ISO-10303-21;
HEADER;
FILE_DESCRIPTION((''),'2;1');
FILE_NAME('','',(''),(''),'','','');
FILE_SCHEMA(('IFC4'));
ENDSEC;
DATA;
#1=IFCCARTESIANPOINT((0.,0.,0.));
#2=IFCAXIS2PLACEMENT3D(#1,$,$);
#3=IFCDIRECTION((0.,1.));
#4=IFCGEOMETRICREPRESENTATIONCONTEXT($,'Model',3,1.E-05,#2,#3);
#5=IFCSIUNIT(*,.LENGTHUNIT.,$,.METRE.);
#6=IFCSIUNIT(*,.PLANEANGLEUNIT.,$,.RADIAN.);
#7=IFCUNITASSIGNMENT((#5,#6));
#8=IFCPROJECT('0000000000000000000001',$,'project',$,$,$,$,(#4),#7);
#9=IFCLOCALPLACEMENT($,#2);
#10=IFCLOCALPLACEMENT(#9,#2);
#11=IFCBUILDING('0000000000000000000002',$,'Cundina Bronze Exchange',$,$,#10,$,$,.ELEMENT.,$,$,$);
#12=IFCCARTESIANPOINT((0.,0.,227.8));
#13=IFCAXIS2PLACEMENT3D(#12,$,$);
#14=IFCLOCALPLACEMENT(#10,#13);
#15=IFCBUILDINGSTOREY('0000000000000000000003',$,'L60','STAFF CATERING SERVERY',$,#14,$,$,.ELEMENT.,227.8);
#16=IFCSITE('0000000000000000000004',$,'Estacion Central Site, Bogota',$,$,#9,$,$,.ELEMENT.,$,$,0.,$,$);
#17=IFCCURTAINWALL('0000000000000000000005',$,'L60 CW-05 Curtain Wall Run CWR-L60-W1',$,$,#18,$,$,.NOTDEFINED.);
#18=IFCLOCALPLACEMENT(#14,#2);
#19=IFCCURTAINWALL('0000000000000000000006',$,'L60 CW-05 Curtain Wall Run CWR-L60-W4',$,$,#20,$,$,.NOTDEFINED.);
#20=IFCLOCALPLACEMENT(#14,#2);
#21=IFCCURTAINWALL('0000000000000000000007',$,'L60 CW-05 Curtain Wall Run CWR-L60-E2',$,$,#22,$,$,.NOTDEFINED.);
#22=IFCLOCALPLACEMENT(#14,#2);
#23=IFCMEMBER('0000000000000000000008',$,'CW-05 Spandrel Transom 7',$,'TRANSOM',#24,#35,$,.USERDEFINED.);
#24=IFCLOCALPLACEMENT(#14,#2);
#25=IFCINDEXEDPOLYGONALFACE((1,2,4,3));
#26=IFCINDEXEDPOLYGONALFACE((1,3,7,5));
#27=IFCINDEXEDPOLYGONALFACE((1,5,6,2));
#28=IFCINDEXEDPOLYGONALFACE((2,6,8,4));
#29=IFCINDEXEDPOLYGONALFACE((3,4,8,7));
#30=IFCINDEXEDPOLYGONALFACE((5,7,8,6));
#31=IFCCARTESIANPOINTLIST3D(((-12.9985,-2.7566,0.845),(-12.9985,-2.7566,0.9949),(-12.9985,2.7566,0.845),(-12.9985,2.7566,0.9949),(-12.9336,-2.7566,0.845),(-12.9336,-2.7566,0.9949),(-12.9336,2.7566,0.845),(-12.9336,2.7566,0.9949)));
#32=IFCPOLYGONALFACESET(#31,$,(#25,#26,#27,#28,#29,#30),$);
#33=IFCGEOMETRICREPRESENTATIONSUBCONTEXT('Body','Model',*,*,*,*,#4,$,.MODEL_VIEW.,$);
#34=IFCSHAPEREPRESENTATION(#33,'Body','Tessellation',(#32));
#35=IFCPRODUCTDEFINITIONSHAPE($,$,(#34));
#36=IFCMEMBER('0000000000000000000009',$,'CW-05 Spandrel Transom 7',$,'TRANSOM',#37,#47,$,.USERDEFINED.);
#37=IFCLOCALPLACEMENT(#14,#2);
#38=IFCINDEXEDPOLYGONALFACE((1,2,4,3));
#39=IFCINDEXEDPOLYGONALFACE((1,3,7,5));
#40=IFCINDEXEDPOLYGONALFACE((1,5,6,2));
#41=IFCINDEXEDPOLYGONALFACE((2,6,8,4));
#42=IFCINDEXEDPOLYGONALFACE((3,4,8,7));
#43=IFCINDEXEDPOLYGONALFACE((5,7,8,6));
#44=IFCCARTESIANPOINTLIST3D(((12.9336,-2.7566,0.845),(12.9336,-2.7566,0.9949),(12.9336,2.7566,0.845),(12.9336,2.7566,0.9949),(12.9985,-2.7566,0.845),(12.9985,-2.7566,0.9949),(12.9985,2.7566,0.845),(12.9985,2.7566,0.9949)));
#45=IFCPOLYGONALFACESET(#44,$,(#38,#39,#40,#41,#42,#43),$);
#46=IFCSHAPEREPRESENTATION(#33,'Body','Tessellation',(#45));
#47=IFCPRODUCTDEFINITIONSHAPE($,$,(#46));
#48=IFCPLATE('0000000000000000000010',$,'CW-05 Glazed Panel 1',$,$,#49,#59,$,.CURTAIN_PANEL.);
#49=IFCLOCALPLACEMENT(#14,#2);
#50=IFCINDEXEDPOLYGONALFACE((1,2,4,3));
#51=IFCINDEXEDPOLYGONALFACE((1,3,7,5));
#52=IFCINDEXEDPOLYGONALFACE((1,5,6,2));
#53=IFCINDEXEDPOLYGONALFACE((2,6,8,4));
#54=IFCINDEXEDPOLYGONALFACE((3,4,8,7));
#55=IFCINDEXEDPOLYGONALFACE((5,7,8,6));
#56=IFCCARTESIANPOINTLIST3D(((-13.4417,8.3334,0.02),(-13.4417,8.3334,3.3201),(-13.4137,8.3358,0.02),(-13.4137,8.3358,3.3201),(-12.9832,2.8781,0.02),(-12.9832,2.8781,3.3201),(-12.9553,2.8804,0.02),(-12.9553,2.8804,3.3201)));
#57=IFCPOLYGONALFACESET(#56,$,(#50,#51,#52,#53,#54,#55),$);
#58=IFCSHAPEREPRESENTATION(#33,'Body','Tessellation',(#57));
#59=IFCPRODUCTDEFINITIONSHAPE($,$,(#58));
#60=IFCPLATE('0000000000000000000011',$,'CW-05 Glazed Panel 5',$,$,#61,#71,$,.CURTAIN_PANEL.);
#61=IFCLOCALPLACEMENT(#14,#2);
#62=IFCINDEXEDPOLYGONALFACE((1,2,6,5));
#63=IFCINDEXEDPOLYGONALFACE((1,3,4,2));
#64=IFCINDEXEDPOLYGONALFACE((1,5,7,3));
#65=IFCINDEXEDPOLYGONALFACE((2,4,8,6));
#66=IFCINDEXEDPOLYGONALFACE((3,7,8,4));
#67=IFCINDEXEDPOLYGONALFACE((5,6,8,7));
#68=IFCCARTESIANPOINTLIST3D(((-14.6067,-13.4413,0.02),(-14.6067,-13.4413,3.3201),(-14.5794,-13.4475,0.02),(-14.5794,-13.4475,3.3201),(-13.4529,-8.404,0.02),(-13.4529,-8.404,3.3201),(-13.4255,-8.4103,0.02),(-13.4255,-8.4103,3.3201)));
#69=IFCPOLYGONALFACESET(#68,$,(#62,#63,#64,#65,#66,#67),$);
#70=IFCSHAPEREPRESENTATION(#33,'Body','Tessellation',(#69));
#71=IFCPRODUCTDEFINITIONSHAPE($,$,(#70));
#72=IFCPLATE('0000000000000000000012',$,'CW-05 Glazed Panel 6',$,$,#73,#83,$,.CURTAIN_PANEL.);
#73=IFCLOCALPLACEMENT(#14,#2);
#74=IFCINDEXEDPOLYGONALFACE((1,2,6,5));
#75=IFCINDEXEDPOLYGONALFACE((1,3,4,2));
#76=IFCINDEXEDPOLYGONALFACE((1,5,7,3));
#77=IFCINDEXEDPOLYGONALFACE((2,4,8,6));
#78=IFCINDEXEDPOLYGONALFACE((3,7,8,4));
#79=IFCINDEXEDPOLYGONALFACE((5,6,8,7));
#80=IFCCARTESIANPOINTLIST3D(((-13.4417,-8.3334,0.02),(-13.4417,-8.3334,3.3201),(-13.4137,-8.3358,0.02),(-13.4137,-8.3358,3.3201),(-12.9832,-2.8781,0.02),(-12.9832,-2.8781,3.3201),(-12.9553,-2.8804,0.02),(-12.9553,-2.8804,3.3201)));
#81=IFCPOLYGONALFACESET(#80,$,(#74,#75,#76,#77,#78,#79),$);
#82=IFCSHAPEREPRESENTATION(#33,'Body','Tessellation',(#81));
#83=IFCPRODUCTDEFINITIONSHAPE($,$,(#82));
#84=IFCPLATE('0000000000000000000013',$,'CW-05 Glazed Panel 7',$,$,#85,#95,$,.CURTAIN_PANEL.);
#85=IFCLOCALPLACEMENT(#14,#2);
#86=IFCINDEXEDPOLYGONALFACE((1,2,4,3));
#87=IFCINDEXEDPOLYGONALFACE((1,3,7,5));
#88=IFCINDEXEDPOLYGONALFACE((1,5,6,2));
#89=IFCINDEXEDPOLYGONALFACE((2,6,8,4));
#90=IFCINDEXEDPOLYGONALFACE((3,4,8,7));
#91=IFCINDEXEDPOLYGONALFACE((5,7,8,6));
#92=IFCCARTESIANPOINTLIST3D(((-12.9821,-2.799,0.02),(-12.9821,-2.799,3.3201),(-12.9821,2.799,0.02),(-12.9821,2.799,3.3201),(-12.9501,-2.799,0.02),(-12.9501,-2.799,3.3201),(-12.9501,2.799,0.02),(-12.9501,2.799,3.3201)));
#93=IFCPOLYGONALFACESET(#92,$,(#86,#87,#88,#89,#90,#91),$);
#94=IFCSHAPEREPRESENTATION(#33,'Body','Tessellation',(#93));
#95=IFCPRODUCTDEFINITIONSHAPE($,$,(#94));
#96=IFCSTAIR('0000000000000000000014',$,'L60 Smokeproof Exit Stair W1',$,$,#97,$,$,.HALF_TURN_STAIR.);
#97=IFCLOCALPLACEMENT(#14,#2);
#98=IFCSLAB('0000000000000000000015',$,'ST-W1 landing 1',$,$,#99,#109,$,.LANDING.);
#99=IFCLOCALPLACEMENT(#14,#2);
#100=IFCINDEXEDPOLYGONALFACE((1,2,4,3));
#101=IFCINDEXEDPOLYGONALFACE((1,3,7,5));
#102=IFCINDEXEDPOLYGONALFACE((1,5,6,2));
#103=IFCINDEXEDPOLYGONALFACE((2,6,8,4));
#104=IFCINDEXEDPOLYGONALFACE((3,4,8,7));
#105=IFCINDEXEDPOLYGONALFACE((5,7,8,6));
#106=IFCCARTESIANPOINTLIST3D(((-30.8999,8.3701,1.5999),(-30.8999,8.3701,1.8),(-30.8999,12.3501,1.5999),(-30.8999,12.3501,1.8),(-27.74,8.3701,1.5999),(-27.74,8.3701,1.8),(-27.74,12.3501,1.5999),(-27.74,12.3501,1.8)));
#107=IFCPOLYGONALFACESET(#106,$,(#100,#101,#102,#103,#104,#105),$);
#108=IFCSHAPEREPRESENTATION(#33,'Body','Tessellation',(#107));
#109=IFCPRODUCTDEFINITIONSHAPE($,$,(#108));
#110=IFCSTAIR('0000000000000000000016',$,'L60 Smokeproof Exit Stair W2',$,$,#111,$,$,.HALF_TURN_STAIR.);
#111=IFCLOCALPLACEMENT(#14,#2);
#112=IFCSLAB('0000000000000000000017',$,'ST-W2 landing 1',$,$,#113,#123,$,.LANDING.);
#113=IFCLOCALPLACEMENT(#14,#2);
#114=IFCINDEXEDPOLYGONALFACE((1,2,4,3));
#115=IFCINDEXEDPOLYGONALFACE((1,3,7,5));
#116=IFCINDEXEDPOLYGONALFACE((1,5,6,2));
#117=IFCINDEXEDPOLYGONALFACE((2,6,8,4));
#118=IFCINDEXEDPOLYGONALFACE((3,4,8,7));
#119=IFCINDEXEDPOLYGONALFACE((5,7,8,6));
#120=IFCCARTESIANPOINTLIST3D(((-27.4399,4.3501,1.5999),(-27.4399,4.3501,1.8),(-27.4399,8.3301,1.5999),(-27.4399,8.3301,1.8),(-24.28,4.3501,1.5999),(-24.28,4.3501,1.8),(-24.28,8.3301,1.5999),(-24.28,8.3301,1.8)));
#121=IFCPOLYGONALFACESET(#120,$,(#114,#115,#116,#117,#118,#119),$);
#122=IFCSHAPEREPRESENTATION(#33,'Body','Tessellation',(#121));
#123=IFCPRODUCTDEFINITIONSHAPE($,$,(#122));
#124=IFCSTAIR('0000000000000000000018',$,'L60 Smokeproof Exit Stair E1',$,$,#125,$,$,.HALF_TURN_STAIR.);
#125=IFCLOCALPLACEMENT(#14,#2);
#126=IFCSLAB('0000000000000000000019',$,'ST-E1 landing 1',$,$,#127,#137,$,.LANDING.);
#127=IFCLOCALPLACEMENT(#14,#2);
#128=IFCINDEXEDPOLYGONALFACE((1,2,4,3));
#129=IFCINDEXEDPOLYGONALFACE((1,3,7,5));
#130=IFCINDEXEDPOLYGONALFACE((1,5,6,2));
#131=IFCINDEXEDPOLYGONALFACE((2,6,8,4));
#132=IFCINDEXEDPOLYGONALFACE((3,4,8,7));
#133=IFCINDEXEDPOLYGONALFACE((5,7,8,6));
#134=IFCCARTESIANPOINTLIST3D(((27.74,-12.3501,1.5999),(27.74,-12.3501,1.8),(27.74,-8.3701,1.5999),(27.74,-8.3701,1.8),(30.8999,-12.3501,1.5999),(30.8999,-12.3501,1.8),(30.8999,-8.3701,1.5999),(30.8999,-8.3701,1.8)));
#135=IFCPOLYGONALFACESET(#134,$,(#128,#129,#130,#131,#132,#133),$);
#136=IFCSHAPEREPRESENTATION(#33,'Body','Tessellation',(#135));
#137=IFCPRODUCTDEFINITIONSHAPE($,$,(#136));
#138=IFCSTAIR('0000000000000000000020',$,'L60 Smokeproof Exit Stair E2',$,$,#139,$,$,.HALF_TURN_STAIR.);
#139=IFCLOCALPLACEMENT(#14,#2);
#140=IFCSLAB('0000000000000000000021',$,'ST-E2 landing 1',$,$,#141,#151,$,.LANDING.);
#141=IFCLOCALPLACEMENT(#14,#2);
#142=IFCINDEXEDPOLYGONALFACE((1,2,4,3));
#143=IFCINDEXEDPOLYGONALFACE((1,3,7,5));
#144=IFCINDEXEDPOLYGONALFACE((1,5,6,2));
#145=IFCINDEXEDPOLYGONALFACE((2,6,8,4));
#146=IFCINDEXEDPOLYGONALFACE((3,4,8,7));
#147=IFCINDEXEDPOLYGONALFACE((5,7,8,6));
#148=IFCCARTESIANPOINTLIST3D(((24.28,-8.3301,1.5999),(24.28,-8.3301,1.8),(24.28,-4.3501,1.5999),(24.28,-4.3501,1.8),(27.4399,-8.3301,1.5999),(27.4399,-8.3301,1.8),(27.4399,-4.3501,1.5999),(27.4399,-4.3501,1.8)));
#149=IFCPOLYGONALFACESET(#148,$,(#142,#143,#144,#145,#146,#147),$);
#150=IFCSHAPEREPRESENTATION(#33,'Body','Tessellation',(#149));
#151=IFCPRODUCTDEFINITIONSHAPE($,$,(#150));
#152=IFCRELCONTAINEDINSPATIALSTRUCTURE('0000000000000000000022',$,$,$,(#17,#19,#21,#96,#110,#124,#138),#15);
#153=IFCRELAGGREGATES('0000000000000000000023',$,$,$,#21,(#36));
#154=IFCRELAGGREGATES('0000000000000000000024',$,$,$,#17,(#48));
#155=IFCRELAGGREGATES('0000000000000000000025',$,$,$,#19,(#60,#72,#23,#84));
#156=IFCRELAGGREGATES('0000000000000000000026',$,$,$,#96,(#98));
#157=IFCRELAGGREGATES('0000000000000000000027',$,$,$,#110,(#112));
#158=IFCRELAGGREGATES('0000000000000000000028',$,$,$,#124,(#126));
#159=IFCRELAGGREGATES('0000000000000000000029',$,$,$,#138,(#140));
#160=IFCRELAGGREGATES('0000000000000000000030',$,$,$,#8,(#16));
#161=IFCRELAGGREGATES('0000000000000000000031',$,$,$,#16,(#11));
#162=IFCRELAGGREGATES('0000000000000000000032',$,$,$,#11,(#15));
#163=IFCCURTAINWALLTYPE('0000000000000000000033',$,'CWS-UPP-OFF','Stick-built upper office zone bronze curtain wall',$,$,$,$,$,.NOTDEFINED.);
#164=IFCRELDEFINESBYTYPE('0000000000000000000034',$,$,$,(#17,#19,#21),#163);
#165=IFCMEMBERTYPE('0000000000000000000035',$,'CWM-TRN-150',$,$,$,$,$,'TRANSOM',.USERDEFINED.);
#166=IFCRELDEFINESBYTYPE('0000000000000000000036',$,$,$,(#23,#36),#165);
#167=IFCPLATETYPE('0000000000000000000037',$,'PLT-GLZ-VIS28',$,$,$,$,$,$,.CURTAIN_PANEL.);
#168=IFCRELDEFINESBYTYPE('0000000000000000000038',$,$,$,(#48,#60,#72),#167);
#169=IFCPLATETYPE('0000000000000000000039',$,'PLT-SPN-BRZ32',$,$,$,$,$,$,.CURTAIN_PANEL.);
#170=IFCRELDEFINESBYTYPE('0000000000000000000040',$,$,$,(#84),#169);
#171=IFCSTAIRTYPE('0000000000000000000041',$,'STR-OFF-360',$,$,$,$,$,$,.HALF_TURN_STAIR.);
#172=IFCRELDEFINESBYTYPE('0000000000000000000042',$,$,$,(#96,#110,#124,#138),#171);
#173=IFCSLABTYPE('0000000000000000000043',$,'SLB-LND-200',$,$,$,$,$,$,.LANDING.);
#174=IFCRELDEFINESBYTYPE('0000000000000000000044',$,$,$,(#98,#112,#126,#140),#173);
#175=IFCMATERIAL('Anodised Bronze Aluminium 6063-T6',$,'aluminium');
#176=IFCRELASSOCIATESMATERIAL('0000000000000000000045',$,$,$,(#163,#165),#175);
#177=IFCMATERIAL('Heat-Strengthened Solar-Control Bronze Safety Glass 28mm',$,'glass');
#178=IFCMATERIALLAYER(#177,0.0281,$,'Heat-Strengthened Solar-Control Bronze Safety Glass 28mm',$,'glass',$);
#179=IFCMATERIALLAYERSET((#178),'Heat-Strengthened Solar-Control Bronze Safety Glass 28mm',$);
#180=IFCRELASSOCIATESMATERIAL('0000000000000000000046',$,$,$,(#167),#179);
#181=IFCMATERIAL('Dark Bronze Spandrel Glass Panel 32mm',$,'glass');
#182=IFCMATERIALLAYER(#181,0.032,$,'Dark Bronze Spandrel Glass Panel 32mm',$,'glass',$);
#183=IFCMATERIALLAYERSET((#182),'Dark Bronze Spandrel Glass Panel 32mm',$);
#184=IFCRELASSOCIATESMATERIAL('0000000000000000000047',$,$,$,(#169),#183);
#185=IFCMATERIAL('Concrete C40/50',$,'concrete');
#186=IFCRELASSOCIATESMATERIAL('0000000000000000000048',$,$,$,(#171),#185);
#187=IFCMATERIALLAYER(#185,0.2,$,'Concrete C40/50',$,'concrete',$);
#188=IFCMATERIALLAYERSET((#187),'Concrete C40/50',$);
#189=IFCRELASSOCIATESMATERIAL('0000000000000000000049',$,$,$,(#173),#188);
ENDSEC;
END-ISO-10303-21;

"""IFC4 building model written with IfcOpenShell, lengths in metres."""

from ifc_helpers import new_model, si_unit, direction, frame, origin, origin_2d, place, context, subcontext, project, spatial, polyline, rectangle, outline, extrude, material, layer, layer_set, material_profile, profile_set, type_object, element, aggregate, save


model = new_model("IFC4")

# Units and contexts
model_context = context("Model", 3, precision=1e-05, world=origin(), true_north=direction((0.0, 1.0)))
body_context = subcontext(model_context, "Body", "Model", "MODEL_VIEW")
ifc_project = project(units=[si_unit("LENGTHUNIT", "METRE"), si_unit("PLANEANGLEUNIT", "RADIAN")], contexts=[model_context])

# Site, building, storey
site_placement = place(None, origin())
site = spatial("IfcSite", under=ifc_project, at=site_placement, Name="Estacion Central Site, Bogota", CompositionType="ELEMENT", RefElevation=0.0)
building_placement = place(site_placement, origin())
building = spatial("IfcBuilding", under=site, at=building_placement, Name="Cundina Bronze Exchange", CompositionType="ELEMENT")
storey_placement = place(building_placement, frame((0.0, 0.0, 227.8)))
storey = spatial("IfcBuildingStorey", under=building, at=storey_placement, Name="L60", Description="STAFF CATERING SERVERY", CompositionType="ELEMENT", Elevation=227.8)

# Curtain wall
ifc_material_1 = material(Name="Anodised Bronze Aluminium 6063-T6", Category="aluminium")
curtain_wall_type = type_object("IfcCurtainWallType", Name="CWS-UPP-OFF", Description="Stick-built upper office zone bronze curtain wall", PredefinedType="NOTDEFINED", material=ifc_material_1)
curtain_wall_1_placement = place(storey_placement, origin())
curtain_wall_1 = element("IfcCurtainWall", 1, at=curtain_wall_1_placement, inside=storey, type_object=curtain_wall_type, Name="L60 CW-05 Curtain Wall Run CWR-L60-W1", PredefinedType="NOTDEFINED")

# Curtain walls
curtain_wall_2_placement = place(storey_placement, origin())
curtain_wall_2 = element("IfcCurtainWall", 2, at=curtain_wall_2_placement, inside=storey, type_object=curtain_wall_type, Name="L60 CW-05 Curtain Wall Run CWR-L60-W4", PredefinedType="NOTDEFINED")
curtain_wall_3_placement = place(storey_placement, origin())
curtain_wall_3 = element("IfcCurtainWall", 3, at=curtain_wall_3_placement, inside=storey, type_object=curtain_wall_type, Name="L60 CW-05 Curtain Wall Run CWR-L60-E2", PredefinedType="NOTDEFINED")

# Members
ifc_material_profile_1 = material_profile(ifc_material_1, rectangle(XDim=0.0649, YDim=0.1499, at=origin_2d()), Name="AL65X150", Category="aluminium")
ifc_profile_set_1 = profile_set([ifc_material_profile_1], Name="Anodised Bronze Aluminium 6063-T6")
member_type_1 = type_object("IfcMemberType", Name="CWM-TRN-150", ElementType="TRANSOM", PredefinedType="USERDEFINED", material=ifc_profile_set_1)
member_1_placement = place(storey_placement, frame((-12.9661, -2.7566, 0.9199), z_axis=(0.0, 1.0, 0.0), x_axis=(-1.0, 0.0, 0.0)))
member_1 = element("IfcMember", 4, at=member_1_placement, type_object=member_type_1, Name="CW-05 Spandrel Transom 7", ObjectType="TRANSOM", PredefinedType="USERDEFINED", context=body_context, shape_type="SweptSolid", body=[
    extrude(rectangle(XDim=0.0649, YDim=0.1499, at=origin_2d()), origin(), (0.0, 0.0, 1.0), 5.5132),
])
member_2_placement = place(storey_placement, frame((12.9661, 2.7566, 0.9199), z_axis=(0.0, -1.0, 0.0), x_axis=(1.0, 0.0, 0.0)))
member_2 = element("IfcMember", 5, at=member_2_placement, type_object=member_type_1, Name="CW-05 Spandrel Transom 7", ObjectType="TRANSOM", PredefinedType="USERDEFINED", context=body_context, shape_type="SweptSolid", body=[
    extrude(rectangle(XDim=0.0649, YDim=0.1499, at=origin_2d()), origin(), (0.0, 0.0, 1.0), 5.5132),
])
aggregate(curtain_wall_3, [member_2])

# Plates
ifc_material_2 = material(Name="Heat-Strengthened Solar-Control Bronze Safety Glass 28mm", Category="glass")
ifc_layer_1 = layer(ifc_material_2, 0.0281, Name="Heat-Strengthened Solar-Control Bronze Safety Glass 28mm", Category="glass")
ifc_layer_set_1 = layer_set([ifc_layer_1], Name="Heat-Strengthened Solar-Control Bronze Safety Glass 28mm")
plate_type_1 = type_object("IfcPlateType", Name="PLT-GLZ-VIS28", PredefinedType="CURTAIN_PANEL", material=ifc_layer_set_1)
plate_1_placement = place(storey_placement, frame((-13.1985, 5.6069, 0.02), z_axis=(0.0, 0.0, 1.0), x_axis=(-0.083747, 0.996487, 0.0)))
plate_1 = element("IfcPlate", 6, at=plate_1_placement, type_object=plate_type_1, Name="CW-05 Glazed Panel 1", PredefinedType="CURTAIN_PANEL", context=body_context, shape_type="SweptSolid", body=[
    extrude(rectangle(XDim=5.4746, YDim=0.0281, at=origin_2d()), origin(), (0.0, 0.0, 1.0), 3.3),
])
aggregate(curtain_wall_1, [plate_1])
plate_2_placement = place(storey_placement, frame((-14.0161, -10.9258, 0.02), z_axis=(0.0, 0.0, 1.0), x_axis=(0.223284, 0.974753, 0.0)))
plate_2 = element("IfcPlate", 7, at=plate_2_placement, type_object=plate_type_1, Name="CW-05 Glazed Panel 5", PredefinedType="CURTAIN_PANEL", context=body_context, shape_type="SweptSolid", body=[
    extrude(rectangle(XDim=5.1677, YDim=0.0281, at=origin_2d()), origin(), (0.0, 0.0, 1.0), 3.3),
])
plate_3_placement = place(storey_placement, frame((-13.1985, -5.6069, 0.02), z_axis=(0.0, 0.0, 1.0), x_axis=(0.083747, 0.996487, 0.0)))
plate_3 = element("IfcPlate", 8, at=plate_3_placement, type_object=plate_type_1, Name="CW-05 Glazed Panel 6", PredefinedType="CURTAIN_PANEL", context=body_context, shape_type="SweptSolid", body=[
    extrude(rectangle(XDim=5.4746, YDim=0.0281, at=origin_2d()), origin(), (0.0, 0.0, 1.0), 3.3),
])
ifc_material_3 = material(Name="Dark Bronze Spandrel Glass Panel 32mm", Category="glass")
ifc_layer_2 = layer(ifc_material_3, 0.032, Name="Dark Bronze Spandrel Glass Panel 32mm", Category="glass")
ifc_layer_set_2 = layer_set([ifc_layer_2], Name="Dark Bronze Spandrel Glass Panel 32mm")
plate_type_2 = type_object("IfcPlateType", Name="PLT-SPN-BRZ32", PredefinedType="CURTAIN_PANEL", material=ifc_layer_set_2)
plate_4_placement = place(storey_placement, frame((-12.9661, 0.0, 0.02), z_axis=(0.0, 0.0, 1.0), x_axis=(0.0, 1.0, 0.0)))
plate_4 = element("IfcPlate", 9, at=plate_4_placement, type_object=plate_type_2, Name="CW-05 Glazed Panel 7", PredefinedType="CURTAIN_PANEL", context=body_context, shape_type="SweptSolid", body=[
    extrude(rectangle(XDim=5.5979, YDim=0.032, at=origin_2d()), origin(), (0.0, 0.0, 1.0), 3.3),
])
aggregate(curtain_wall_2, [plate_2, plate_3, member_1, plate_4])

# Stairs, slabs
ifc_material_4 = material(Name="Concrete C40/50", Category="concrete")
stair_type = type_object("IfcStairType", Name="STR-OFF-360", PredefinedType="HALF_TURN_STAIR", material=ifc_material_4)
stair_1_placement = place(storey_placement, origin())
stair_1 = element("IfcStair", 10, at=stair_1_placement, inside=storey, type_object=stair_type, Name="L60 Smokeproof Exit Stair W1", PredefinedType="HALF_TURN_STAIR")
ifc_layer_3 = layer(ifc_material_4, 0.2, Name="Concrete C40/50", Category="concrete")
ifc_layer_set_3 = layer_set([ifc_layer_3], Name="Concrete C40/50")
slab_type_1 = type_object("IfcSlabType", Name="SLB-LND-200", PredefinedType="LANDING", material=ifc_layer_set_3)
slab_1_placement = place(storey_placement, frame((0.0, 0.0, 1.5999)))
slab_1 = element("IfcSlab", 11, at=slab_1_placement, type_object=slab_type_1, Name="ST-W1 landing 1", PredefinedType="LANDING", context=body_context, shape_type="SweptSolid", body=[
    extrude(outline(polyline([(-27.74, 8.3701), (-27.74, 12.3501), (-30.8999, 12.3501), (-30.8999, 8.3701), (-27.74, 8.3701)])), origin(), (0.0, 0.0, 1.0), 0.2002),
])
aggregate(stair_1, [slab_1])
stair_2_placement = place(storey_placement, origin())
stair_2 = element("IfcStair", 12, at=stair_2_placement, inside=storey, type_object=stair_type, Name="L60 Smokeproof Exit Stair W2", PredefinedType="HALF_TURN_STAIR")
slab_2_placement = place(storey_placement, frame((0.0, 0.0, 1.5999)))
slab_2 = element("IfcSlab", 13, at=slab_2_placement, type_object=slab_type_1, Name="ST-W2 landing 1", PredefinedType="LANDING", context=body_context, shape_type="SweptSolid", body=[
    extrude(outline(polyline([(-27.4399, 8.3301), (-27.4399, 4.3501), (-24.28, 4.3501), (-24.28, 8.3301), (-27.4399, 8.3301)])), origin(), (0.0, 0.0, 1.0), 0.2002),
])
aggregate(stair_2, [slab_2])
stair_3_placement = place(storey_placement, origin())
stair_3 = element("IfcStair", 14, at=stair_3_placement, inside=storey, type_object=stair_type, Name="L60 Smokeproof Exit Stair E1", PredefinedType="HALF_TURN_STAIR")
slab_3_placement = place(storey_placement, frame((0.0, 0.0, 1.5999)))
slab_3 = element("IfcSlab", 15, at=slab_3_placement, type_object=slab_type_1, Name="ST-E1 landing 1", PredefinedType="LANDING", context=body_context, shape_type="SweptSolid", body=[
    extrude(outline(polyline([(27.74, -8.3701), (27.74, -12.3501), (30.8999, -12.3501), (30.8999, -8.3701), (27.74, -8.3701)])), origin(), (0.0, 0.0, 1.0), 0.2002),
])
aggregate(stair_3, [slab_3])
stair_4_placement = place(storey_placement, origin())
stair_4 = element("IfcStair", 16, at=stair_4_placement, inside=storey, type_object=stair_type, Name="L60 Smokeproof Exit Stair E2", PredefinedType="HALF_TURN_STAIR")
slab_4_placement = place(storey_placement, frame((0.0, 0.0, 1.5999)))
slab_4 = element("IfcSlab", 17, at=slab_4_placement, type_object=slab_type_1, Name="ST-E2 landing 1", PredefinedType="LANDING", context=body_context, shape_type="SweptSolid", body=[
    extrude(outline(polyline([(27.4399, -8.3301), (27.4399, -4.3501), (24.28, -4.3501), (24.28, -8.3301), (27.4399, -8.3301)])), origin(), (0.0, 0.0, 1.0), 0.2002),
])
aggregate(stair_4, [slab_4])

save(model, "model.ifc")
